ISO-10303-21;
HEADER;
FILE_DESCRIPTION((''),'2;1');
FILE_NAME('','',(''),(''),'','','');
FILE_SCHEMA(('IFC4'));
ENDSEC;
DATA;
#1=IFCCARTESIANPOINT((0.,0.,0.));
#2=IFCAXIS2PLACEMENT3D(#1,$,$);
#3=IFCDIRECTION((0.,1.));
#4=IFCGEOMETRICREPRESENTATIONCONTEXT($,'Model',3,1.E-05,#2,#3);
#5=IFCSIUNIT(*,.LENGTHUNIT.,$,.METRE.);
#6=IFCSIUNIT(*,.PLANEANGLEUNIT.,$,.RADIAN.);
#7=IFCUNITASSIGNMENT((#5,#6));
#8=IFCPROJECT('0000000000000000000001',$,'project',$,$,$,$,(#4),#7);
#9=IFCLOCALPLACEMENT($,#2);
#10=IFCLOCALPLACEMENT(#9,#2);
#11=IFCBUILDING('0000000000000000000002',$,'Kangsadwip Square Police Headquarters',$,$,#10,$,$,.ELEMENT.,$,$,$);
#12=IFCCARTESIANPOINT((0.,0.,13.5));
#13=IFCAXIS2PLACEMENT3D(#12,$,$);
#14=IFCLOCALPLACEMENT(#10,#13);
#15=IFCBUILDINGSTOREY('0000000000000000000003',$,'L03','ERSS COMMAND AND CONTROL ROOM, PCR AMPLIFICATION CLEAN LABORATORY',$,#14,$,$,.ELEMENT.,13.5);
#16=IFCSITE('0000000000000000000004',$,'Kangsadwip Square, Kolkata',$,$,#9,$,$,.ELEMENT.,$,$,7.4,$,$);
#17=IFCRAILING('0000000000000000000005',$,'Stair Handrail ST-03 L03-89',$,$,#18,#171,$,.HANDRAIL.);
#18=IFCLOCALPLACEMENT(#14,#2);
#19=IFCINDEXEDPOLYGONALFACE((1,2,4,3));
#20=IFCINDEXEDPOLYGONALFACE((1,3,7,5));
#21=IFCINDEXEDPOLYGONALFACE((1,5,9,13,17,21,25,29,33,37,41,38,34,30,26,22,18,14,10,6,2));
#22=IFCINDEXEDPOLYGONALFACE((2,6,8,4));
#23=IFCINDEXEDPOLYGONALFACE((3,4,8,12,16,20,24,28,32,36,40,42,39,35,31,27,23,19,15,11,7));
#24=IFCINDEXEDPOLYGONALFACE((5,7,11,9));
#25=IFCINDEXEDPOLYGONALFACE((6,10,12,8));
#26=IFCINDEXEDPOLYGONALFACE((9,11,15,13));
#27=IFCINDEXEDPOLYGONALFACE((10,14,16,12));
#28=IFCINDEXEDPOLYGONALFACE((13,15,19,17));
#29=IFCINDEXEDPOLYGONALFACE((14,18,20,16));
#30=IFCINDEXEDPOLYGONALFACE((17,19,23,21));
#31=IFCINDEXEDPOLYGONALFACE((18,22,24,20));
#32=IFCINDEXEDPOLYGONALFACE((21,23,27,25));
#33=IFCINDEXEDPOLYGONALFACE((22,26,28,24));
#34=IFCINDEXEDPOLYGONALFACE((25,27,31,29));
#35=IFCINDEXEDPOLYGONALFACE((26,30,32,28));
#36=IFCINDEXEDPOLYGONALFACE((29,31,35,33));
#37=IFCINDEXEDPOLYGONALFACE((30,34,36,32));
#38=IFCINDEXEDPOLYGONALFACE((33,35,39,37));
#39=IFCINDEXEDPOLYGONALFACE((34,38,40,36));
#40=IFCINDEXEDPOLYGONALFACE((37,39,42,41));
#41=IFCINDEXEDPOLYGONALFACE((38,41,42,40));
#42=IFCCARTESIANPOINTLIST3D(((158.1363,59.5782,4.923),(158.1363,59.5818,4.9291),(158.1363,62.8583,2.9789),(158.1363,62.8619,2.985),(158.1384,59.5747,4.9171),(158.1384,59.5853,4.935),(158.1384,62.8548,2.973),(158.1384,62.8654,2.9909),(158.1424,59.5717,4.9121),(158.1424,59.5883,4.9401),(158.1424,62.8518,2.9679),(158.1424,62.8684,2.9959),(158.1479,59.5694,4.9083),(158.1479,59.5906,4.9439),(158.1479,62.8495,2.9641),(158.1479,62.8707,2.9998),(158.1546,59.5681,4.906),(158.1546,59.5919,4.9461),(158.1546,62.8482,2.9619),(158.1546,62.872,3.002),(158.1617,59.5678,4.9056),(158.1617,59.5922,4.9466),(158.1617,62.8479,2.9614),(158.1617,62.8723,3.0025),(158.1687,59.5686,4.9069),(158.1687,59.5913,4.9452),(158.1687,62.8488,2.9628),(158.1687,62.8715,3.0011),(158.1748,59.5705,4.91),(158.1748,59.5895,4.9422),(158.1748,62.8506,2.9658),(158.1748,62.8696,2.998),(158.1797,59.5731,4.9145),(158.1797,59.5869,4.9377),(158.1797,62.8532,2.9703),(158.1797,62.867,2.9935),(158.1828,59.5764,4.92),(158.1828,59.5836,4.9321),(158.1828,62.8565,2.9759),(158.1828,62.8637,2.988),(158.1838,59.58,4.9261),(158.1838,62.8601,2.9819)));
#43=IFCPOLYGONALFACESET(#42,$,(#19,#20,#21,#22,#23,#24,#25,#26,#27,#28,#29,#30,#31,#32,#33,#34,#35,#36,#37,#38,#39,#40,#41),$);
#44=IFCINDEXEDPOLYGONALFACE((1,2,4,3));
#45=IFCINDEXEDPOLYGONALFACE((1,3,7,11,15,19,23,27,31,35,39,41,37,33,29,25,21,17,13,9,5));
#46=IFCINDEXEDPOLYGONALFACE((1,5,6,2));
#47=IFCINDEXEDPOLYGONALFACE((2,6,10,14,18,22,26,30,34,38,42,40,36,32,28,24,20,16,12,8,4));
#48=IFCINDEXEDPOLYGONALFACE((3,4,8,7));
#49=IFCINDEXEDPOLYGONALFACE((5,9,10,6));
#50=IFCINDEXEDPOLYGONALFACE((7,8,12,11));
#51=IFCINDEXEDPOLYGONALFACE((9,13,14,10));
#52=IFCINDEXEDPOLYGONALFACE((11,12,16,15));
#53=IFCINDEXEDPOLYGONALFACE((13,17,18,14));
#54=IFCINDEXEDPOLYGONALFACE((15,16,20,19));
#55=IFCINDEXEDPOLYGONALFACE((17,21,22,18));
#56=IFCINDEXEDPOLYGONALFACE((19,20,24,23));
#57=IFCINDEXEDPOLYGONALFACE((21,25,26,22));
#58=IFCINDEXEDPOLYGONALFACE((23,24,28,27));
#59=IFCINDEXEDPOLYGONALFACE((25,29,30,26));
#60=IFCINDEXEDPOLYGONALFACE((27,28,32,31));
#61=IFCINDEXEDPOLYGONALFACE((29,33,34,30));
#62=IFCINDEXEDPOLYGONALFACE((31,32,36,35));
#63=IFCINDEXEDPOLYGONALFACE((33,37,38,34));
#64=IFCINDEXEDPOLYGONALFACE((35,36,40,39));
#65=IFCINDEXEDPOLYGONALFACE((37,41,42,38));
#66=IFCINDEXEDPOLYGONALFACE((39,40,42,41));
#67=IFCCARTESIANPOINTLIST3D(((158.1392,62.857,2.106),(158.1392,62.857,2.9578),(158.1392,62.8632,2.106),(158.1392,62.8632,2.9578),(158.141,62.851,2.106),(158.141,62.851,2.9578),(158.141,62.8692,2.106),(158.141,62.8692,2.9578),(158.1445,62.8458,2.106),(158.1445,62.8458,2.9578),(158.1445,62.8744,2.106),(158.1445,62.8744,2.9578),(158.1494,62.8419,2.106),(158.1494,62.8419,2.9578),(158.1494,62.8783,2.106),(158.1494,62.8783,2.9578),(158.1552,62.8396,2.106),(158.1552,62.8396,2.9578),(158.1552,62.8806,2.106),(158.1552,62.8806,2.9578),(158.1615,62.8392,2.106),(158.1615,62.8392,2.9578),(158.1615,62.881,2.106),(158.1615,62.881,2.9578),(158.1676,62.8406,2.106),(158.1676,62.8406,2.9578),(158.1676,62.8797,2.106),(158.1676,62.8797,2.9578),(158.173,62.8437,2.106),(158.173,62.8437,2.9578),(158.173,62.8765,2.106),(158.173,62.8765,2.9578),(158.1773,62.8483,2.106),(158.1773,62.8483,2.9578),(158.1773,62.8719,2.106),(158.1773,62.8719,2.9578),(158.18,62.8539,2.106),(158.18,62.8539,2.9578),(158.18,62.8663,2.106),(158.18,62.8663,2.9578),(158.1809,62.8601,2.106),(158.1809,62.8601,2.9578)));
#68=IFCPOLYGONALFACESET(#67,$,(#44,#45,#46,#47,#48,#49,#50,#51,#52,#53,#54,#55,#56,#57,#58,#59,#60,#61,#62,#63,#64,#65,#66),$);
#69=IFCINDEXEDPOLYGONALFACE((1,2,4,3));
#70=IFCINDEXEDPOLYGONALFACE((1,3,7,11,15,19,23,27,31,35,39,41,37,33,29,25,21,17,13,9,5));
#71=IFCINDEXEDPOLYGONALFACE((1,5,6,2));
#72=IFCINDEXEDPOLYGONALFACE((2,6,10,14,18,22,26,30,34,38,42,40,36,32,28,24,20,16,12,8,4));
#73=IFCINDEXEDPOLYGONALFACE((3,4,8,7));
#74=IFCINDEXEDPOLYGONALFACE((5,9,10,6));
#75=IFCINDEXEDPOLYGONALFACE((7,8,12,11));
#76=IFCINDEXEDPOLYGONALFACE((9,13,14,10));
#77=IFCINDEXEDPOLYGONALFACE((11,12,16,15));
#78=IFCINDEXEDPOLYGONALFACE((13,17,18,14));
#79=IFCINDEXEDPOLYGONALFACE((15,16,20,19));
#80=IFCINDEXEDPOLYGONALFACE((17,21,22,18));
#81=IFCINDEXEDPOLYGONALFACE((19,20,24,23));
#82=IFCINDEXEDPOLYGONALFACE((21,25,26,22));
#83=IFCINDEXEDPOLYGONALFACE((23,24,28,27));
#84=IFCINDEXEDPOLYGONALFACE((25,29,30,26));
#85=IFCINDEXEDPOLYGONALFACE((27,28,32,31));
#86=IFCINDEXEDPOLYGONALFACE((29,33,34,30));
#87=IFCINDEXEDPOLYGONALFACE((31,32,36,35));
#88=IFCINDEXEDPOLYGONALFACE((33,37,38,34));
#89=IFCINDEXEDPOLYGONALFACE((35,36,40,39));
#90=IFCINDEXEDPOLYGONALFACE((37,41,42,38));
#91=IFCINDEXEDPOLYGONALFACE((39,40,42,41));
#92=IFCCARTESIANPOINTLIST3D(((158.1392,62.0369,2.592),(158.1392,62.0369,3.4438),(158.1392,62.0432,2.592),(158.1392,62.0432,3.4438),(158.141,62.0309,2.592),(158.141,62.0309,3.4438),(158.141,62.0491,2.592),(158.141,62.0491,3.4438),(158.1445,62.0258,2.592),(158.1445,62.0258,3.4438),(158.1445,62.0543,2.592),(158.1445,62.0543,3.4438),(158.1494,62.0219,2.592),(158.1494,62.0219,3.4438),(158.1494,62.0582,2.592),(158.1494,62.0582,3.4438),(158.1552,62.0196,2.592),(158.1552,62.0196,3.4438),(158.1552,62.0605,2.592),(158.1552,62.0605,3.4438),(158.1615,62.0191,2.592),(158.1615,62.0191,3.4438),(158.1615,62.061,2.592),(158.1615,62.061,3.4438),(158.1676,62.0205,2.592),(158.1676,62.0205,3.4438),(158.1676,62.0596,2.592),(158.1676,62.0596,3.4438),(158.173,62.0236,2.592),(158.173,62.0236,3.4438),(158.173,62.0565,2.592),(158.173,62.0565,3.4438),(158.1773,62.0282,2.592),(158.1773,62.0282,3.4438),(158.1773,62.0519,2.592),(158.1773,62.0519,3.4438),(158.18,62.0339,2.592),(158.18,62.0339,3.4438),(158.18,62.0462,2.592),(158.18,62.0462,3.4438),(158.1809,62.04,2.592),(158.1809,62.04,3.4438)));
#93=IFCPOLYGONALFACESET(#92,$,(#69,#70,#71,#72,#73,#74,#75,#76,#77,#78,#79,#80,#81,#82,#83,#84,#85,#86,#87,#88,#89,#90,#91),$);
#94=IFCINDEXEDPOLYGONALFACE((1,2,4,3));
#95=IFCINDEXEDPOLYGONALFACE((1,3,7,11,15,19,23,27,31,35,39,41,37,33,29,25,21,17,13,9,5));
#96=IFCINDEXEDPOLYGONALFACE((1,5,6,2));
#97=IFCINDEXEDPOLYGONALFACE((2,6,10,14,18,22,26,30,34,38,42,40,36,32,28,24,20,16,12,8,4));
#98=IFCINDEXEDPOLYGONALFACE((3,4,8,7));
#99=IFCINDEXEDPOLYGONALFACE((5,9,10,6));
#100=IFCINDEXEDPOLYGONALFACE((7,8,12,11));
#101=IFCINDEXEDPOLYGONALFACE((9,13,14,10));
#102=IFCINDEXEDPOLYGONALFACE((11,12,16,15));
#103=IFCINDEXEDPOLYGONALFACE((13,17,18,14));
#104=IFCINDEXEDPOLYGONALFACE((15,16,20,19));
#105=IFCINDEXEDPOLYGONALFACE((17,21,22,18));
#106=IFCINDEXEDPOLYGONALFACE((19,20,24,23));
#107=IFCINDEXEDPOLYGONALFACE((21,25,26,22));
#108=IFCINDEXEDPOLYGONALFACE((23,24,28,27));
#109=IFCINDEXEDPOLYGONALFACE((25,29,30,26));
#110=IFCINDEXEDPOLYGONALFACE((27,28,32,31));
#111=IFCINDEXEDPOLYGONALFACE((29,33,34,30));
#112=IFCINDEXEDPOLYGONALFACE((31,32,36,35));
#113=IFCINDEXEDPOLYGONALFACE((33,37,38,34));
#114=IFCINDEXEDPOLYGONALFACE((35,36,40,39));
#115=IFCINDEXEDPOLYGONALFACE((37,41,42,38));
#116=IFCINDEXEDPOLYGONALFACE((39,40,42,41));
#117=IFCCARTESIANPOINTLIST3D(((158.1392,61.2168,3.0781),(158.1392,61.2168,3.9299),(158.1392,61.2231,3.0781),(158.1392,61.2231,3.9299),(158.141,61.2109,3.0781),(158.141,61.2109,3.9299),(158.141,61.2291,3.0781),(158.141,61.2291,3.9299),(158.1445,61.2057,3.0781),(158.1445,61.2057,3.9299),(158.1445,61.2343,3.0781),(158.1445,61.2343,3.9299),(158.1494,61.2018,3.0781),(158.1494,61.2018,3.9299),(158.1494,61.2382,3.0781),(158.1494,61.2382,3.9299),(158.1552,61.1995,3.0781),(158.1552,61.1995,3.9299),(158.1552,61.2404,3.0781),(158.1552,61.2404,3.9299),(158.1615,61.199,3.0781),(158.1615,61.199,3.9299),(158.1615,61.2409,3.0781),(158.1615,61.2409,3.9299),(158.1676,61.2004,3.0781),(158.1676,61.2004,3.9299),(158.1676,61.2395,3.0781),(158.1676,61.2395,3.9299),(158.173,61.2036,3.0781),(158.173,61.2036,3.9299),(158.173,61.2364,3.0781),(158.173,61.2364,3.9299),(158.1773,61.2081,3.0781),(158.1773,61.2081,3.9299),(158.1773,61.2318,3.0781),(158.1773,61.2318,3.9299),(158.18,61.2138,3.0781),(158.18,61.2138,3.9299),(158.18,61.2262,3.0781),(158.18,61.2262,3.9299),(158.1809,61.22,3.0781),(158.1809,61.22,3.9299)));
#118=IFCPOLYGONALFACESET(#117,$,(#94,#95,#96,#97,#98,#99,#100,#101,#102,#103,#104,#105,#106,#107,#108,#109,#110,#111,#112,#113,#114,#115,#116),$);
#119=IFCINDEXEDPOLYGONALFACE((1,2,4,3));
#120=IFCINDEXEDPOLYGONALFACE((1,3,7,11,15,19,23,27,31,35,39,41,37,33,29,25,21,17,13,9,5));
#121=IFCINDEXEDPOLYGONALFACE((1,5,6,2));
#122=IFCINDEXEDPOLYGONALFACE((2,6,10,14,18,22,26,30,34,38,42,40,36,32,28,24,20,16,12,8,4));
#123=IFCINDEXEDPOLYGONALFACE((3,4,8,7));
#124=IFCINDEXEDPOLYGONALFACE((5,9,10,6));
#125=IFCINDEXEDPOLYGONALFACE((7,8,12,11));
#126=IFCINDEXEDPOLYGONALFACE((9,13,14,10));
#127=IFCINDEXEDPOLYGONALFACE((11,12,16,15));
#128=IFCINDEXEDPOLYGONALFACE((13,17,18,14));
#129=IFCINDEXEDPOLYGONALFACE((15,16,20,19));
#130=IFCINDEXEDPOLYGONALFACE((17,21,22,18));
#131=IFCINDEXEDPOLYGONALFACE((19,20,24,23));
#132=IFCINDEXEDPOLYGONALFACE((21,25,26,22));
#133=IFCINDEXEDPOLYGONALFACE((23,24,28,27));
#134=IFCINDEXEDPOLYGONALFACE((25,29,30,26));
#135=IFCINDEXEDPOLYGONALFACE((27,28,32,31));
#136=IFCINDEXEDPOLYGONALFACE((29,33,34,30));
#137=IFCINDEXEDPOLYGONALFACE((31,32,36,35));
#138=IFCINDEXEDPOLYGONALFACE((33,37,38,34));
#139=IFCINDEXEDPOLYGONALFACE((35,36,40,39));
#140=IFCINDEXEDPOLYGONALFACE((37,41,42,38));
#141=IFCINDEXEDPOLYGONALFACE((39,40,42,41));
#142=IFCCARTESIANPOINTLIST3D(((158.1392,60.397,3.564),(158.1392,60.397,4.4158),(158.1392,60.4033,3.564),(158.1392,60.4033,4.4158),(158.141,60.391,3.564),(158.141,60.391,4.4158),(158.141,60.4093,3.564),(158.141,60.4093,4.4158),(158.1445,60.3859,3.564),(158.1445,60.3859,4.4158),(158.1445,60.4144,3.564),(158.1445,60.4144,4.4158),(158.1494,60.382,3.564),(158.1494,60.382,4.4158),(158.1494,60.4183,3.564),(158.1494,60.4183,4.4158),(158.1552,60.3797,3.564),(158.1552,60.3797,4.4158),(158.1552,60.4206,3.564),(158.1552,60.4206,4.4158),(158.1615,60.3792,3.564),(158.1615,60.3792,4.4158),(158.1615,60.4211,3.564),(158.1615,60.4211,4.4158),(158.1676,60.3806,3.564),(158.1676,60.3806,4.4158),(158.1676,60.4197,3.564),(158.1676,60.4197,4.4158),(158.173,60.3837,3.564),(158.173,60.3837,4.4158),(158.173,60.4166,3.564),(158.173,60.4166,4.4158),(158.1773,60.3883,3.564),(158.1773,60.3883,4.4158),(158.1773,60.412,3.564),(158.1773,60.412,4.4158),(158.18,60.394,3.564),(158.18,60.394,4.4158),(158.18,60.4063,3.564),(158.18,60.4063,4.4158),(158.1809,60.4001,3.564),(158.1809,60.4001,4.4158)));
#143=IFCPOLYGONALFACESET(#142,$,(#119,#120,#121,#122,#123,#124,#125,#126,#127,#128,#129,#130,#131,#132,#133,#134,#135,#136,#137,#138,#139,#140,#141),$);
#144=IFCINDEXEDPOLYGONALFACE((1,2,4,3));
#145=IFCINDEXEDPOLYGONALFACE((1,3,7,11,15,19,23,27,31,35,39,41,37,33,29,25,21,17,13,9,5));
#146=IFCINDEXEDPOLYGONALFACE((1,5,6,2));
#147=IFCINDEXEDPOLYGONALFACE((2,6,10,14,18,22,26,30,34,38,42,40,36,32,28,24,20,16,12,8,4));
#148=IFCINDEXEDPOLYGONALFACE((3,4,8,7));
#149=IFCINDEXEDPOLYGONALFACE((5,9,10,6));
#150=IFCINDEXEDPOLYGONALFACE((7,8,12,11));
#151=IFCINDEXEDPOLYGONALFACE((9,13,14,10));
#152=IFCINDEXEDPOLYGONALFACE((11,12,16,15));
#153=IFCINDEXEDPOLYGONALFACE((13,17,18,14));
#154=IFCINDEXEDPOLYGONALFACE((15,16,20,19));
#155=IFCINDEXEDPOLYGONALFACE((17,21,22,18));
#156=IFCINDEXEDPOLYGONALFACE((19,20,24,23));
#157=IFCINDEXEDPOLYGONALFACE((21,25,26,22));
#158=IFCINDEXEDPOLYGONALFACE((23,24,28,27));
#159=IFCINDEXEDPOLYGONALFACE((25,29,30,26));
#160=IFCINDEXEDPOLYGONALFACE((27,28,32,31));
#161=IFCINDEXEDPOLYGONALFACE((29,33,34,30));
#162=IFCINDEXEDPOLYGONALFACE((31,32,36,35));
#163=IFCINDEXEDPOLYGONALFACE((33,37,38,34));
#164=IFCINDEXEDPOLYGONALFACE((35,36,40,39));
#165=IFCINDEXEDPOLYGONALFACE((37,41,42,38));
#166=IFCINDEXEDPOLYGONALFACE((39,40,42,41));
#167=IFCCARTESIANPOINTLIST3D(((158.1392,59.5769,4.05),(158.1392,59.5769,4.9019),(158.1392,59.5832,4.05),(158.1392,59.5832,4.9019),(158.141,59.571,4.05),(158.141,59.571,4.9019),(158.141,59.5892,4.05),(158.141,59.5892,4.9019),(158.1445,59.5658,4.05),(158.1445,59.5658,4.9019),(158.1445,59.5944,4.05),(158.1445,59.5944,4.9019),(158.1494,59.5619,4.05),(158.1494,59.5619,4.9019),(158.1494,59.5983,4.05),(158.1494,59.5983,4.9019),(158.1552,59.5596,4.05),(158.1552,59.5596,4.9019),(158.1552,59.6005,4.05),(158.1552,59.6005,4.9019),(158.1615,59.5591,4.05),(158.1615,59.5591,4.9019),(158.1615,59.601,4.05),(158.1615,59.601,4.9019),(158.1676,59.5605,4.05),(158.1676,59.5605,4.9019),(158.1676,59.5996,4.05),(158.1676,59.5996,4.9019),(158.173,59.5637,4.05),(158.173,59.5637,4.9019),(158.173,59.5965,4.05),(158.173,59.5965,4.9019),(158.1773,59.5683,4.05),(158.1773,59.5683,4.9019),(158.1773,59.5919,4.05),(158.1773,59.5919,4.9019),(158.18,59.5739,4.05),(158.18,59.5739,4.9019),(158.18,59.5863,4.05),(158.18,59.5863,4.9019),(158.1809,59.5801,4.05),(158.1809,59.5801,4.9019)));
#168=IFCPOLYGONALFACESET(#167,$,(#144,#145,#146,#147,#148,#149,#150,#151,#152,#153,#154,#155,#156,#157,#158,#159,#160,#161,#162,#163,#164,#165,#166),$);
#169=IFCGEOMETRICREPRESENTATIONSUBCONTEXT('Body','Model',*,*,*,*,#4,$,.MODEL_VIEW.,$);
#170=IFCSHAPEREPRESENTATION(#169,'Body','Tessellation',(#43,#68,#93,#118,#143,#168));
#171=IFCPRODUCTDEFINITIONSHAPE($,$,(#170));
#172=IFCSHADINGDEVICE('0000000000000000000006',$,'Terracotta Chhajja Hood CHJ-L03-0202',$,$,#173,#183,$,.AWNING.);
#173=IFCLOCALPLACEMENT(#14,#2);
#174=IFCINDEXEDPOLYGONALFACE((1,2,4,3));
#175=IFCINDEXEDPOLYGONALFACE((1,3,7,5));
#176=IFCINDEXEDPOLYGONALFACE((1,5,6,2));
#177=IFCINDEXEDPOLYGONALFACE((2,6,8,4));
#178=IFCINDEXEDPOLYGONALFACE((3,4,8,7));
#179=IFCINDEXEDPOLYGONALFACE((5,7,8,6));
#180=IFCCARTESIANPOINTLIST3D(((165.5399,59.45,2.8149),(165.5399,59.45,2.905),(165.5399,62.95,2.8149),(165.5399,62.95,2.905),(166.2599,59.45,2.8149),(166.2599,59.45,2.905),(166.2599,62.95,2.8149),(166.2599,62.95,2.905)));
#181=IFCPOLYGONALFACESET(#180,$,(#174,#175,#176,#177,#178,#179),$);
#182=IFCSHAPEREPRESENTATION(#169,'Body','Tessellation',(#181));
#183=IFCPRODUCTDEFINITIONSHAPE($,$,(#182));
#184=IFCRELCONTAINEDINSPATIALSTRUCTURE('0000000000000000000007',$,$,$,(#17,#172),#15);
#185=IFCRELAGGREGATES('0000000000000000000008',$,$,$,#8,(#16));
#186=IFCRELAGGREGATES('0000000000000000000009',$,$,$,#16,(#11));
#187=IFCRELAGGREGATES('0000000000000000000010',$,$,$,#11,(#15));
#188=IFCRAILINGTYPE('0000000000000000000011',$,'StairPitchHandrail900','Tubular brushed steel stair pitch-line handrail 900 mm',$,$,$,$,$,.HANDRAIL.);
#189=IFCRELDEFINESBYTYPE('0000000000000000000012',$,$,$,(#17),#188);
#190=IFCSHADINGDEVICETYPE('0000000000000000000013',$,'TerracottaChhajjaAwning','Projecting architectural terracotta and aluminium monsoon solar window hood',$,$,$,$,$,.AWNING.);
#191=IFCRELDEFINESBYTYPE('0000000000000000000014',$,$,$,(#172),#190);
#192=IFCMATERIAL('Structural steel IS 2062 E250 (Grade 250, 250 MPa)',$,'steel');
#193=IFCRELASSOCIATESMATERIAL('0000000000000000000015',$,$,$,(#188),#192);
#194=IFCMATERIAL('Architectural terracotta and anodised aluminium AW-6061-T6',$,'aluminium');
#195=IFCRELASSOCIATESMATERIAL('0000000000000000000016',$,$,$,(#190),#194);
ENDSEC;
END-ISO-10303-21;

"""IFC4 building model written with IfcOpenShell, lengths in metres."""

from ifc_helpers import new_model, si_unit, direction, frame, origin, origin_2d, place, context, subcontext, project, spatial, rectangle, circle, extrude, material, type_object, element, save


model = new_model("IFC4")

# Units and contexts
model_context = context("Model", 3, precision=1e-05, world=origin(), true_north=direction((0.0, 1.0)))
body_context = subcontext(model_context, "Body", "Model", "MODEL_VIEW")
ifc_project = project(units=[si_unit("LENGTHUNIT", "METRE"), si_unit("PLANEANGLEUNIT", "RADIAN")], contexts=[model_context])

# Site, building, storey
site_placement = place(None, origin())
site = spatial("IfcSite", under=ifc_project, at=site_placement, Name="Kangsadwip Square, Kolkata", CompositionType="ELEMENT", RefElevation=7.4)
building_placement = place(site_placement, origin())
building = spatial("IfcBuilding", under=site, at=building_placement, Name="Kangsadwip Square Police Headquarters", CompositionType="ELEMENT")
storey_placement = place(building_placement, frame((0.0, 0.0, 13.5)))
storey = spatial("IfcBuildingStorey", under=building, at=storey_placement, Name="L03", Description="ERSS COMMAND AND CONTROL ROOM, PCR AMPLIFICATION CLEAN LABORATORY", CompositionType="ELEMENT", Elevation=13.5)

# Railing
ifc_material_1 = material(Name="Structural steel IS 2062 E250 (Grade 250, 250 MPa)", Category="steel")
railing_type_1 = type_object("IfcRailingType", Name="StairPitchHandrail900", Description="Tubular brushed steel stair pitch-line handrail 900 mm", PredefinedType="HANDRAIL", material=ifc_material_1)
railing_1_placement = place(storey_placement, frame((158.1599, 62.8601, 2.106)))
element("IfcRailing", 1, at=railing_1_placement, inside=storey, type_object=railing_type_1, Name="Stair Handrail ST-03 L03-89", PredefinedType="HANDRAIL", context=body_context, shape_type="SweptSolid", body=[
    extrude(circle(Radius=0.0239, at=origin_2d()), frame((0.0, 0.0, 0.876), z_axis=(0.0, -0.860249, 0.509874), x_axis=(1.0, 0.0, 0.0)), (0.0, 0.0, 1.0), 3.813),
    extrude(circle(Radius=0.021, at=origin_2d()), origin(), (0.0, 0.0, 1.0), 0.8518),
    extrude(circle(Radius=0.021, at=origin_2d()), frame((0.0, -0.8201, 0.4861)), (0.0, 0.0, 1.0), 0.8518),
    extrude(circle(Radius=0.021, at=origin_2d()), frame((0.0, -1.6401, 0.9722)), (0.0, 0.0, 1.0), 0.8518),
    extrude(circle(Radius=0.021, at=origin_2d()), frame((0.0, -2.46, 1.458)), (0.0, 0.0, 1.0), 0.8518),
    extrude(circle(Radius=0.021, at=origin_2d()), frame((0.0, -3.28, 1.9441)), (0.0, 0.0, 1.0), 0.8518),
])

# Shading device
ifc_material_2 = material(Name="Architectural terracotta and anodised aluminium AW-6061-T6", Category="aluminium")
shading_device_type = type_object("IfcShadingDeviceType", Name="TerracottaChhajjaAwning", Description="Projecting architectural terracotta and aluminium monsoon solar window hood", PredefinedType="AWNING", material=ifc_material_2)
shading_device_placement = place(storey_placement, frame((165.8999, 61.2, 2.8149), z_axis=(0.0, 0.0, 1.0), x_axis=(0.0, 1.0, 0.0)))
element("IfcShadingDevice", 2, at=shading_device_placement, inside=storey, type_object=shading_device_type, Name="Terracotta Chhajja Hood CHJ-L03-0202", PredefinedType="AWNING", context=body_context, shape_type="SweptSolid", body=[
    extrude(rectangle(XDim=3.5, YDim=0.72, at=origin_2d()), origin(), (0.0, 0.0, 1.0), 0.0901),
])

save(model, "model.ifc")
